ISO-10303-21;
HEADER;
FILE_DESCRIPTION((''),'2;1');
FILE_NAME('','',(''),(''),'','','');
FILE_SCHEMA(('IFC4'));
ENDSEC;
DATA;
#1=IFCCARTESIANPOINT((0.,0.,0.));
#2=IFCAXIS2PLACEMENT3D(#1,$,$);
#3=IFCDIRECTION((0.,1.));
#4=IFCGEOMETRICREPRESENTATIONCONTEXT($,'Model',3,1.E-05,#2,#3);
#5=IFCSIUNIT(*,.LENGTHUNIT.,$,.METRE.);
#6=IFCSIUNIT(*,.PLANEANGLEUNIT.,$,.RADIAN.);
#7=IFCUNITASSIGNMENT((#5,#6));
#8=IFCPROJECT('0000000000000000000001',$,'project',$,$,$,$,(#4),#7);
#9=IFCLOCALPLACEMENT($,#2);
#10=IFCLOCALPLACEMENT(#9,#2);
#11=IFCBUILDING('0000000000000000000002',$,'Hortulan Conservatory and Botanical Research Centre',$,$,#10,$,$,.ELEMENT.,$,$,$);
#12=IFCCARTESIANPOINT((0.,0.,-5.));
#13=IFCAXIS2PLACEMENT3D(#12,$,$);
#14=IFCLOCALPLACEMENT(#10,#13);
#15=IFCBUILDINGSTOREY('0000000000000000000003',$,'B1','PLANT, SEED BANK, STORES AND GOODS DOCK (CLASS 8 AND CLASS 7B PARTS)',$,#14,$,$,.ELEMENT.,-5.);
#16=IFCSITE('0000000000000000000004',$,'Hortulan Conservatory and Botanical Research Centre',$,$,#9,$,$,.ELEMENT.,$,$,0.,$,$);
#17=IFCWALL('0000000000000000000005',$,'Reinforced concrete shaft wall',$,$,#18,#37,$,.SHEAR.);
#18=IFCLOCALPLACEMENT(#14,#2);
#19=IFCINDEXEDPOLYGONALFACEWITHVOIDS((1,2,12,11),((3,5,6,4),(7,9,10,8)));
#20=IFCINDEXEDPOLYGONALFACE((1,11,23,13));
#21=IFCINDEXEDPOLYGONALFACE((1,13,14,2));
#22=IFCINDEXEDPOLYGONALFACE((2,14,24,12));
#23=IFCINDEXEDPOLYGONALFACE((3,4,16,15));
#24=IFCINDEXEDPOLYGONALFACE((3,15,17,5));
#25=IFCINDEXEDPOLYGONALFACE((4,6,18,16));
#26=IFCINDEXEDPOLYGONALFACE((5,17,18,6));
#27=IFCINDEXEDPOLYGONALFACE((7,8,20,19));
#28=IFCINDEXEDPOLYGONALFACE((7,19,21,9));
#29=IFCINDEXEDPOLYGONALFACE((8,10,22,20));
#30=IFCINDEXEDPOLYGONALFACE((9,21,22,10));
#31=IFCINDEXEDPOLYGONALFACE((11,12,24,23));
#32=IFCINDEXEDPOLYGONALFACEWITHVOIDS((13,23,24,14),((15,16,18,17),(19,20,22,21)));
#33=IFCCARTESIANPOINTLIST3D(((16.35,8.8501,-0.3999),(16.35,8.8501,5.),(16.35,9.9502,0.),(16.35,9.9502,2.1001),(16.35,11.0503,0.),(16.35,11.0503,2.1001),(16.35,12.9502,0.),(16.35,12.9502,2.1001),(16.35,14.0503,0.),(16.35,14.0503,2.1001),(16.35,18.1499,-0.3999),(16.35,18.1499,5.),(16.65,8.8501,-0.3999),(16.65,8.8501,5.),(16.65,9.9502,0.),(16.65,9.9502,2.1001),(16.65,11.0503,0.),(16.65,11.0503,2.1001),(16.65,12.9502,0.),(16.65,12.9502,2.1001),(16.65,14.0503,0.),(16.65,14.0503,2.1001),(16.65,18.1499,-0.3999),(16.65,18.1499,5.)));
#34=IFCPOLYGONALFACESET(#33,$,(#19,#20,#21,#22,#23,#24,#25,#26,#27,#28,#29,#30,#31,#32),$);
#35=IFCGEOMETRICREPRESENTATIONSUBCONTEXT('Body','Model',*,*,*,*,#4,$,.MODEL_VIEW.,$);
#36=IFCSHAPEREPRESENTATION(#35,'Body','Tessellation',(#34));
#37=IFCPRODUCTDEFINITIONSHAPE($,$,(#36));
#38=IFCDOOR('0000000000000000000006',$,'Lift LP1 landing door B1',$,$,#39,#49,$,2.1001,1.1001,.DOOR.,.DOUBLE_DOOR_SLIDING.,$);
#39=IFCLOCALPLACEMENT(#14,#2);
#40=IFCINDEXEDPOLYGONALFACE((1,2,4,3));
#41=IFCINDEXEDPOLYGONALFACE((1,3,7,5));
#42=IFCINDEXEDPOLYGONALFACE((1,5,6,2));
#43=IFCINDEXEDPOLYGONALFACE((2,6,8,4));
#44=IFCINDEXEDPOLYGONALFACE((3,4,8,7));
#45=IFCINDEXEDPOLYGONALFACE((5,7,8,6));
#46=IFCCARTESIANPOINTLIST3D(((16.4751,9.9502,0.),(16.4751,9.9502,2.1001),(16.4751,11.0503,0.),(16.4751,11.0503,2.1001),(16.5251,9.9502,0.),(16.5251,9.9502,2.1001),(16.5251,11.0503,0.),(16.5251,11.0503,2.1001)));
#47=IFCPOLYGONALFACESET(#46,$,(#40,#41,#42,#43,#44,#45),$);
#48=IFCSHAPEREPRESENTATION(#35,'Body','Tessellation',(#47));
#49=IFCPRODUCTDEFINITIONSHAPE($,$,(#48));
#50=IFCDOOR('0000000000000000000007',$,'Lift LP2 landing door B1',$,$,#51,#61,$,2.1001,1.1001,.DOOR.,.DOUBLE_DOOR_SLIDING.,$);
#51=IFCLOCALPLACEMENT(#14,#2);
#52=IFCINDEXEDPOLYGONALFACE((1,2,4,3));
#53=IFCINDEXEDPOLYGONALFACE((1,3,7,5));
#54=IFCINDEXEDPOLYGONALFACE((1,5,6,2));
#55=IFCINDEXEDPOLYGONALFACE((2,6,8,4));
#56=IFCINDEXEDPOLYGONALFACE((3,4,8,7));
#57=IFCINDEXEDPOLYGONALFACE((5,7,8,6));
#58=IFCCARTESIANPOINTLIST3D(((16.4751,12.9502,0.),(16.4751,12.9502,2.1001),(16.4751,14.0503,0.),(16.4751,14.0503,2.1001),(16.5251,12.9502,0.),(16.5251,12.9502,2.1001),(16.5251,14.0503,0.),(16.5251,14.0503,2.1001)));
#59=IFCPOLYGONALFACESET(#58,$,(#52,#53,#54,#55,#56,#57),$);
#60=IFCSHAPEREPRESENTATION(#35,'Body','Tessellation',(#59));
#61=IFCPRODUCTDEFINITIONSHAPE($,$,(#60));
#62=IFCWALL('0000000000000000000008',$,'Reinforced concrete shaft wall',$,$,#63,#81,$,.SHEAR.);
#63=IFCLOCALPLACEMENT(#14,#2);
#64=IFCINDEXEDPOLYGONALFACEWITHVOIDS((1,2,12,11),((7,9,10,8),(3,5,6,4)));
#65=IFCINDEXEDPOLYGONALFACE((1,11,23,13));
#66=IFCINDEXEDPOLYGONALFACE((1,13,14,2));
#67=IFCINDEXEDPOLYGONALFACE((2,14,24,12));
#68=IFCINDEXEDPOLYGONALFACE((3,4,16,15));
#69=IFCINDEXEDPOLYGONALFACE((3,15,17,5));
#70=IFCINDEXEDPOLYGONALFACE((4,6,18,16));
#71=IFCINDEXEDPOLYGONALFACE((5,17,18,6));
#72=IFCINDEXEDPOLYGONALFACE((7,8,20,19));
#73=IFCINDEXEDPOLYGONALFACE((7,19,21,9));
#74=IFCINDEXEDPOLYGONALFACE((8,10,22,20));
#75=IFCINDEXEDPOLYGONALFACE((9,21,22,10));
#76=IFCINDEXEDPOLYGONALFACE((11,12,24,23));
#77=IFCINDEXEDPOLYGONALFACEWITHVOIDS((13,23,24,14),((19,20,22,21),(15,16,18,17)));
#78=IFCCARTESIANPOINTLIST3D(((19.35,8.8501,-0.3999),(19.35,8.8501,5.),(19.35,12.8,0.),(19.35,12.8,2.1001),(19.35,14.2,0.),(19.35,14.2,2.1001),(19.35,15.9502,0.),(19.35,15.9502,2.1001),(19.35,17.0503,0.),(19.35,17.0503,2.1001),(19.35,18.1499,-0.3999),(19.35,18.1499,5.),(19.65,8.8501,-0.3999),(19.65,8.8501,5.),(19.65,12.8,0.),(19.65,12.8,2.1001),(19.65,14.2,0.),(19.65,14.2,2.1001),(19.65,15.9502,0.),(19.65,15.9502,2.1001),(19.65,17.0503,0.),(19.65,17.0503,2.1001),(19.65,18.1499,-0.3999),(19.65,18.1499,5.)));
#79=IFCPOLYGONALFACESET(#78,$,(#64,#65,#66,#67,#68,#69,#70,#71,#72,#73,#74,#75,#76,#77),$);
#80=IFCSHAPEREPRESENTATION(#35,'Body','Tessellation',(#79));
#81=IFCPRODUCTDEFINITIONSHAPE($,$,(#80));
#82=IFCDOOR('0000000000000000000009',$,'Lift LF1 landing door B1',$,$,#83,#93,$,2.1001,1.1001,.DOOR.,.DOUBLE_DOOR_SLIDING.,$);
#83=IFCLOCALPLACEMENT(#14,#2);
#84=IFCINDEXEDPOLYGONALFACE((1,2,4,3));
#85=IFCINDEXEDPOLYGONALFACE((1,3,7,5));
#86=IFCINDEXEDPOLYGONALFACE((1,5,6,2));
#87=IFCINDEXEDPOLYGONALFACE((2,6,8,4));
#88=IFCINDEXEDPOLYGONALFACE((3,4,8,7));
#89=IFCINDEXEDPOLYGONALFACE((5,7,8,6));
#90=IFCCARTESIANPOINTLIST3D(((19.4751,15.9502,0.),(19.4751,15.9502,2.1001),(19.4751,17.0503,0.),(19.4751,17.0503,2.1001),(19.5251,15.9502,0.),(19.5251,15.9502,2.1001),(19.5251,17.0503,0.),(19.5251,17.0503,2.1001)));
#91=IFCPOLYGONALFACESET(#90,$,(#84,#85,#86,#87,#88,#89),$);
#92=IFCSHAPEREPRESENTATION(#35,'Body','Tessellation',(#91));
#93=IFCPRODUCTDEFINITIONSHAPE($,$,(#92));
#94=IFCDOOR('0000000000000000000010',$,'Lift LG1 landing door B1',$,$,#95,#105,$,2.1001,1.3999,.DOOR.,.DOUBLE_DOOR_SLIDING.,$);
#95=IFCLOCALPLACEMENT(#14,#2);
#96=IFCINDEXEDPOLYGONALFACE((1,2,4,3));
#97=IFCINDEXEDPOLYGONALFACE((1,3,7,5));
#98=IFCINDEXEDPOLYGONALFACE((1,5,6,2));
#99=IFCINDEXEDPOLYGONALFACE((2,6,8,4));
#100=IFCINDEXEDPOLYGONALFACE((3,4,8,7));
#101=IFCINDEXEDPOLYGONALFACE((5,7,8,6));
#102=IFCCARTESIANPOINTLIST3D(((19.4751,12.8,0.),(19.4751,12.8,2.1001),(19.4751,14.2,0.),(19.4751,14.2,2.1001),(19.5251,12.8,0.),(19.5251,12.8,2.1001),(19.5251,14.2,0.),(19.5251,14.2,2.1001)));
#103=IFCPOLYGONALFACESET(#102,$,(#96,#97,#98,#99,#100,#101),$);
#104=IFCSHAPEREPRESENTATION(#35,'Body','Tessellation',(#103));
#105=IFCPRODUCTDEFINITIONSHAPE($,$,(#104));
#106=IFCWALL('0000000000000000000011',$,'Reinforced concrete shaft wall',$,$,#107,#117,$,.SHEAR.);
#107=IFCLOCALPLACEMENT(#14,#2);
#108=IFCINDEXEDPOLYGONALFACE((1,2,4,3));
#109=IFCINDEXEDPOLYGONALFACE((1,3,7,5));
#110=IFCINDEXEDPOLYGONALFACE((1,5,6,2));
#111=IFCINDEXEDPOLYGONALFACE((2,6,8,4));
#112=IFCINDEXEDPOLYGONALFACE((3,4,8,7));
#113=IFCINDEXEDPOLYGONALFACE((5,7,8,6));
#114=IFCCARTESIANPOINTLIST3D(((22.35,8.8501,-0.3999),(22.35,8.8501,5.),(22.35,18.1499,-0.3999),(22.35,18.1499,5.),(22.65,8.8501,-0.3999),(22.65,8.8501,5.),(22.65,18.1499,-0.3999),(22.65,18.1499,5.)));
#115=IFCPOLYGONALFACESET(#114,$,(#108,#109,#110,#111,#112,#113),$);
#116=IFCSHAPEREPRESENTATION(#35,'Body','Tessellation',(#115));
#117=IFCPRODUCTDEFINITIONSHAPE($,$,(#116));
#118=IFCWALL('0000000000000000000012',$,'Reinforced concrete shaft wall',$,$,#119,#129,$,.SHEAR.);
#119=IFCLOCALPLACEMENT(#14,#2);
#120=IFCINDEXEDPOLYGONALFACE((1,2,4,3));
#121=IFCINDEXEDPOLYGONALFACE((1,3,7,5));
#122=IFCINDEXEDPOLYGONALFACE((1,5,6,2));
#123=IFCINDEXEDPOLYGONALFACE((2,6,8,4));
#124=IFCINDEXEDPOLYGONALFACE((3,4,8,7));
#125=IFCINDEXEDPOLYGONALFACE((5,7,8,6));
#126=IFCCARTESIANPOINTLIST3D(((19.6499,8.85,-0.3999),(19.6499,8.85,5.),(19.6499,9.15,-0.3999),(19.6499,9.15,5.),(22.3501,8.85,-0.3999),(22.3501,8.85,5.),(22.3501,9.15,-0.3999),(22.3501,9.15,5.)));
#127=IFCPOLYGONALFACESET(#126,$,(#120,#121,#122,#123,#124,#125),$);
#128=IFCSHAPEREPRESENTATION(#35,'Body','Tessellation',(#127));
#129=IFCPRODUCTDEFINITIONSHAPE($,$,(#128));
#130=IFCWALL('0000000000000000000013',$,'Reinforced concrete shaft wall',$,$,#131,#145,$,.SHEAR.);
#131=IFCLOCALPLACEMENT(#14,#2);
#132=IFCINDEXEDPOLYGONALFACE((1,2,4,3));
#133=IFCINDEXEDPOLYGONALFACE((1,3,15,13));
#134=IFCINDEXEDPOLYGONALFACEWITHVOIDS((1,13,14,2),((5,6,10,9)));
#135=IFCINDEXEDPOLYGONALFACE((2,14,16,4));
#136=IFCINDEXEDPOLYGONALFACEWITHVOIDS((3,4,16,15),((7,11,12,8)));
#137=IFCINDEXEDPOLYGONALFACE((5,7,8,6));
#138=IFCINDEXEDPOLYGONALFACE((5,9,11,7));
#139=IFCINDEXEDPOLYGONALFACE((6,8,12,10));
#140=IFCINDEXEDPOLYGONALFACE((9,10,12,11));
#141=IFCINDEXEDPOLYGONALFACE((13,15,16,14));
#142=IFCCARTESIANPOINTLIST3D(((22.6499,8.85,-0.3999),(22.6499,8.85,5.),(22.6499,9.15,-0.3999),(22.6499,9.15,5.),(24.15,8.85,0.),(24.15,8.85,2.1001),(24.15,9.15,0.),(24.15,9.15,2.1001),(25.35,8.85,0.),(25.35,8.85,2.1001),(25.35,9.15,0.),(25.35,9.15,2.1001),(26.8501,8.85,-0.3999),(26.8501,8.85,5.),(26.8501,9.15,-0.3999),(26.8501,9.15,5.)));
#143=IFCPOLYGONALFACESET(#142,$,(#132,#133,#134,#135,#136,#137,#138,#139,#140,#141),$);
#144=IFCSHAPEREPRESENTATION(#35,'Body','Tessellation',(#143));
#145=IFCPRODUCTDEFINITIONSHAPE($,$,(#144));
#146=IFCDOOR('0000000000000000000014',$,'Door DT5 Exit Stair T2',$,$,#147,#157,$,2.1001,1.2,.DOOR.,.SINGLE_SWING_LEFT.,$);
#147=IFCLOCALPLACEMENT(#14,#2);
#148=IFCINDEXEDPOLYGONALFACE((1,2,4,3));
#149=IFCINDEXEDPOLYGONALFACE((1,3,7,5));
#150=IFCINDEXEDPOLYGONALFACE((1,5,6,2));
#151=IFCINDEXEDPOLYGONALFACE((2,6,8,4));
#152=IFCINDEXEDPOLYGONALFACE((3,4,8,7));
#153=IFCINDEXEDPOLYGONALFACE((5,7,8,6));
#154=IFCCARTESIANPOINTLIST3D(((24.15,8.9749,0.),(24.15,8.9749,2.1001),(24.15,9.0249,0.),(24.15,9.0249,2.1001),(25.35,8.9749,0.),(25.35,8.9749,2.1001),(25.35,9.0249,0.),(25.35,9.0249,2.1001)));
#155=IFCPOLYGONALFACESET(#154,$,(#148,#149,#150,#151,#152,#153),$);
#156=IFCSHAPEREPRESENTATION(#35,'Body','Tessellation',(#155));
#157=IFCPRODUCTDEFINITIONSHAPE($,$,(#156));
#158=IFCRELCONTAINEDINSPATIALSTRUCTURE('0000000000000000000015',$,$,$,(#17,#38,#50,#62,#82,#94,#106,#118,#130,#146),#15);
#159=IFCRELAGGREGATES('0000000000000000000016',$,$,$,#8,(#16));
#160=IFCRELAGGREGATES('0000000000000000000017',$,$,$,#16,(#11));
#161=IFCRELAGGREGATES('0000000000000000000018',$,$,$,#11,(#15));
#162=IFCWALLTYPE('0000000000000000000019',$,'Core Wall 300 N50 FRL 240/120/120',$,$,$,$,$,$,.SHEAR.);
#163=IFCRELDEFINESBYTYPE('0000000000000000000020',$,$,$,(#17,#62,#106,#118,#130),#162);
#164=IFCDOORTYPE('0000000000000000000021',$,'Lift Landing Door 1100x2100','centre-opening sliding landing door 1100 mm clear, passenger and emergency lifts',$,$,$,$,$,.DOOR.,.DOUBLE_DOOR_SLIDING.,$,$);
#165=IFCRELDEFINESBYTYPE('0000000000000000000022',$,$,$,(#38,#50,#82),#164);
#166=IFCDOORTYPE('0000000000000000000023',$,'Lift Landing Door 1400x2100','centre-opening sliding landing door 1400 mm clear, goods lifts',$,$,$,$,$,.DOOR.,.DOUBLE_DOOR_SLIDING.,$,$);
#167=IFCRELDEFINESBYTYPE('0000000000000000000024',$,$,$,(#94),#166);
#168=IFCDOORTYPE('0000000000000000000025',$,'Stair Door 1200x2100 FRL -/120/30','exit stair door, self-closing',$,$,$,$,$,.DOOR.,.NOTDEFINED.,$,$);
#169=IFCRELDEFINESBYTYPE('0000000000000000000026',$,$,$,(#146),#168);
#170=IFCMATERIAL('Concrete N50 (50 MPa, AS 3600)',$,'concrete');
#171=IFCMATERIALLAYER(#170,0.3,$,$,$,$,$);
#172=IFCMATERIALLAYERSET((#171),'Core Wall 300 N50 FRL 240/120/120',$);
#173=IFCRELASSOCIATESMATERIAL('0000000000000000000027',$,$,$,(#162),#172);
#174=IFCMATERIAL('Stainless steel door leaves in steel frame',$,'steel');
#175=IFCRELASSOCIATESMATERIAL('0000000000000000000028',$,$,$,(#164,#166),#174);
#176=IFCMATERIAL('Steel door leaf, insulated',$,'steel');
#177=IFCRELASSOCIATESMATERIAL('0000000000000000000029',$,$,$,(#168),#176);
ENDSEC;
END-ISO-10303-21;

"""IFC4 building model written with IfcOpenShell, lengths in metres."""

from ifc_helpers import new_model, si_unit, direction, frame, frame_2d, origin, place, context, subcontext, project, spatial, rectangle, extrude, material, layer, layer_set, type_object, element, fill, save


model = new_model("IFC4")

# Units and contexts
model_context = context("Model", 3, precision=1e-05, world=origin(), true_north=direction((0.0, 1.0)))
body_context = subcontext(model_context, "Body", "Model", "MODEL_VIEW")
ifc_project = project(units=[si_unit("LENGTHUNIT", "METRE"), si_unit("PLANEANGLEUNIT", "RADIAN")], contexts=[model_context])

# Site, building, storey
site_placement = place(None, origin())
site = spatial("IfcSite", under=ifc_project, at=site_placement, Name="Hortulan Conservatory and Botanical Research Centre", CompositionType="ELEMENT", RefElevation=0.0)
building_placement = place(site_placement, origin())
building = spatial("IfcBuilding", under=site, at=building_placement, Name="Hortulan Conservatory and Botanical Research Centre", CompositionType="ELEMENT")
storey_placement = place(building_placement, frame((0.0, 0.0, -5.0)))
storey = spatial("IfcBuildingStorey", under=building, at=storey_placement, Name="B1", Description="PLANT, SEED BANK, STORES AND GOODS DOCK (CLASS 8 AND CLASS 7B PARTS)", CompositionType="ELEMENT", Elevation=-5.0)

# Shared definitions
ifc_material_1 = material(Name="Steel door leaf, insulated", Category="steel")

# Walls, openings, doors
ifc_material_2 = material(Name="Concrete N50 (50 MPa, AS 3600)", Category="concrete")
ifc_layer_1 = layer(ifc_material_2, 0.3)
ifc_layer_set_1 = layer_set([ifc_layer_1], Name="Core Wall 300 N50 FRL 240/120/120")
wall_type_1 = type_object("IfcWallType", Name="Core Wall 300 N50 FRL 240/120/120", PredefinedType="SHEAR", material=ifc_layer_set_1)
wall_1_placement = place(storey_placement, frame((16.5, 8.8501, -0.3999), z_axis=(0.0, 0.0, 1.0), x_axis=(0.0, 1.0, 0.0)))
wall_1 = element("IfcWall", 1, at=wall_1_placement, inside=storey, type_object=wall_type_1, Name="Reinforced concrete shaft wall", PredefinedType="SHEAR", context=body_context, shape_type="SweptSolid", body=[
    extrude(rectangle(XDim=9.2998, YDim=0.3, at=frame_2d((4.6499, 0.0))), origin(), (0.0, 0.0, 1.0), 5.3999),
])
opening_1_placement = place(wall_1_placement, frame((1.1001, 0.0, 0.3999)))
opening_1 = element("IfcOpeningElement", 2, at=opening_1_placement, cuts=wall_1, PredefinedType="OPENING", context=body_context, shape_type="SweptSolid", body=[
    extrude(rectangle(XDim=1.1001, YDim=2.1001, at=frame_2d((0.55, 1.05))), frame((0.0, 0.1599, 0.0), z_axis=(0.0, -1.0, 0.0), x_axis=(1.0, 0.0, 0.0)), (0.0, 0.0, 1.0), 0.3201),
])
opening_2_placement = place(wall_1_placement, frame((4.1001, 0.0, 0.3999)))
opening_2 = element("IfcOpeningElement", 3, at=opening_2_placement, cuts=wall_1, PredefinedType="OPENING", context=body_context, shape_type="SweptSolid", body=[
    extrude(rectangle(XDim=1.1001, YDim=2.1001, at=frame_2d((0.55, 1.05))), frame((0.0, 0.1599, 0.0), z_axis=(0.0, -1.0, 0.0), x_axis=(1.0, 0.0, 0.0)), (0.0, 0.0, 1.0), 0.3201),
])
ifc_material_3 = material(Name="Stainless steel door leaves in steel frame", Category="steel")
door_type_1 = type_object("IfcDoorType", Name="Lift Landing Door 1100x2100", Description="centre-opening sliding landing door 1100 mm clear, passenger and emergency lifts", OperationType="DOUBLE_DOOR_SLIDING", PredefinedType="DOOR", material=ifc_material_3)
door_1_placement = place(opening_1_placement, origin())
door_1 = element("IfcDoor", 4, at=door_1_placement, inside=storey, type_object=door_type_1, Name="Lift LP1 landing door B1", OperationType="DOUBLE_DOOR_SLIDING", OverallHeight=2.1001, OverallWidth=1.1001, PredefinedType="DOOR", context=body_context, shape_type="SweptSolid", body=[
    extrude(rectangle(XDim=1.1001, YDim=2.1001, at=frame_2d((0.55, 1.05))), frame((0.0, 0.0249, 0.0), z_axis=(0.0, -1.0, 0.0), x_axis=(1.0, 0.0, 0.0)), (0.0, 0.0, 1.0), 0.05),
])
fill(opening_1, door_1)
door_2_placement = place(opening_2_placement, origin())
door_2 = element("IfcDoor", 5, at=door_2_placement, inside=storey, type_object=door_type_1, Name="Lift LP2 landing door B1", OperationType="DOUBLE_DOOR_SLIDING", OverallHeight=2.1001, OverallWidth=1.1001, PredefinedType="DOOR", context=body_context, shape_type="SweptSolid", body=[
    extrude(rectangle(XDim=1.1001, YDim=2.1001, at=frame_2d((0.55, 1.05))), frame((0.0, 0.0249, 0.0), z_axis=(0.0, -1.0, 0.0), x_axis=(1.0, 0.0, 0.0)), (0.0, 0.0, 1.0), 0.05),
])
fill(opening_2, door_2)
wall_2_placement = place(storey_placement, frame((19.5, 8.8501, -0.3999), z_axis=(0.0, 0.0, 1.0), x_axis=(0.0, 1.0, 0.0)))
wall_2 = element("IfcWall", 6, at=wall_2_placement, inside=storey, type_object=wall_type_1, Name="Reinforced concrete shaft wall", PredefinedType="SHEAR", context=body_context, shape_type="SweptSolid", body=[
    extrude(rectangle(XDim=9.2998, YDim=0.3, at=frame_2d((4.6499, 0.0))), origin(), (0.0, 0.0, 1.0), 5.3999),
])
opening_3_placement = place(wall_2_placement, frame((3.95, 0.0, 0.3999)))
opening_3 = element("IfcOpeningElement", 7, at=opening_3_placement, cuts=wall_2, PredefinedType="OPENING", context=body_context, shape_type="SweptSolid", body=[
    extrude(rectangle(XDim=1.3999, YDim=2.1001, at=frame_2d((0.7, 1.05))), frame((0.0, 0.1599, 0.0), z_axis=(0.0, -1.0, 0.0), x_axis=(1.0, 0.0, 0.0)), (0.0, 0.0, 1.0), 0.3201),
])
opening_4_placement = place(wall_2_placement, frame((7.1001, 0.0, 0.3999)))
opening_4 = element("IfcOpeningElement", 8, at=opening_4_placement, cuts=wall_2, PredefinedType="OPENING", context=body_context, shape_type="SweptSolid", body=[
    extrude(rectangle(XDim=1.1001, YDim=2.1001, at=frame_2d((0.55, 1.05))), frame((0.0, 0.1599, 0.0), z_axis=(0.0, -1.0, 0.0), x_axis=(1.0, 0.0, 0.0)), (0.0, 0.0, 1.0), 0.3201),
])
door_3_placement = place(opening_4_placement, origin())
door_3 = element("IfcDoor", 9, at=door_3_placement, inside=storey, type_object=door_type_1, Name="Lift LF1 landing door B1", OperationType="DOUBLE_DOOR_SLIDING", OverallHeight=2.1001, OverallWidth=1.1001, PredefinedType="DOOR", context=body_context, shape_type="SweptSolid", body=[
    extrude(rectangle(XDim=1.1001, YDim=2.1001, at=frame_2d((0.55, 1.05))), frame((0.0, 0.0249, 0.0), z_axis=(0.0, -1.0, 0.0), x_axis=(1.0, 0.0, 0.0)), (0.0, 0.0, 1.0), 0.05),
])
fill(opening_4, door_3)
door_type_2 = type_object("IfcDoorType", Name="Lift Landing Door 1400x2100", Description="centre-opening sliding landing door 1400 mm clear, goods lifts", OperationType="DOUBLE_DOOR_SLIDING", PredefinedType="DOOR", material=ifc_material_3)
door_4_placement = place(opening_3_placement, origin())
door_4 = element("IfcDoor", 10, at=door_4_placement, inside=storey, type_object=door_type_2, Name="Lift LG1 landing door B1", OperationType="DOUBLE_DOOR_SLIDING", OverallHeight=2.1001, OverallWidth=1.3999, PredefinedType="DOOR", context=body_context, shape_type="SweptSolid", body=[
    extrude(rectangle(XDim=1.3999, YDim=2.1001, at=frame_2d((0.7, 1.05))), frame((0.0, 0.0249, 0.0), z_axis=(0.0, -1.0, 0.0), x_axis=(1.0, 0.0, 0.0)), (0.0, 0.0, 1.0), 0.05),
])
fill(opening_3, door_4)

# Walls
wall_3_placement = place(storey_placement, frame((22.5, 8.8501, -0.3999), z_axis=(0.0, 0.0, 1.0), x_axis=(0.0, 1.0, 0.0)))
element("IfcWall", 11, at=wall_3_placement, inside=storey, type_object=wall_type_1, Name="Reinforced concrete shaft wall", PredefinedType="SHEAR", context=body_context, shape_type="SweptSolid", body=[
    extrude(rectangle(XDim=9.2998, YDim=0.3, at=frame_2d((4.6499, 0.0))), origin(), (0.0, 0.0, 1.0), 5.3999),
])
wall_4_placement = place(storey_placement, frame((19.6499, 9.0, -0.3999), z_axis=(0.0, 0.0, 1.0), x_axis=(1.0, 0.0, 0.0)))
element("IfcWall", 12, at=wall_4_placement, inside=storey, type_object=wall_type_1, Name="Reinforced concrete shaft wall", PredefinedType="SHEAR", context=body_context, shape_type="SweptSolid", body=[
    extrude(rectangle(XDim=2.7002, YDim=0.3, at=frame_2d((1.3501, 0.0))), origin(), (0.0, 0.0, 1.0), 5.3999),
])

# Wall, opening, door
wall_5_placement = place(storey_placement, frame((22.6499, 9.0, -0.3999), z_axis=(0.0, 0.0, 1.0), x_axis=(1.0, 0.0, 0.0)))
wall_5 = element("IfcWall", 13, at=wall_5_placement, inside=storey, type_object=wall_type_1, Name="Reinforced concrete shaft wall", PredefinedType="SHEAR", context=body_context, shape_type="SweptSolid", body=[
    extrude(rectangle(XDim=4.2002, YDim=0.3, at=frame_2d((2.1001, 0.0))), origin(), (0.0, 0.0, 1.0), 5.3999),
])
opening_5_placement = place(wall_5_placement, frame((1.5, 0.0, 0.3999)))
opening_5 = element("IfcOpeningElement", 14, at=opening_5_placement, cuts=wall_5, PredefinedType="OPENING", context=body_context, shape_type="SweptSolid", body=[
    extrude(rectangle(XDim=1.2, YDim=2.1001, at=frame_2d((0.6001, 1.05))), frame((0.0, 0.1599, 0.0), z_axis=(0.0, -1.0, 0.0), x_axis=(1.0, 0.0, 0.0)), (0.0, 0.0, 1.0), 0.3201),
])
door_type_3 = type_object("IfcDoorType", Name="Stair Door 1200x2100 FRL -/120/30", Description="exit stair door, self-closing", OperationType="NOTDEFINED", PredefinedType="DOOR", material=ifc_material_1)
door_5_placement = place(opening_5_placement, origin())
door_5 = element("IfcDoor", 15, at=door_5_placement, inside=storey, type_object=door_type_3, Name="Door DT5 Exit Stair T2", OperationType="SINGLE_SWING_LEFT", OverallHeight=2.1001, OverallWidth=1.2, PredefinedType="DOOR", context=body_context, shape_type="SweptSolid", body=[
    extrude(rectangle(XDim=1.2, YDim=2.1001, at=frame_2d((0.6001, 1.05))), frame((0.0, 0.0249, 0.0), z_axis=(0.0, -1.0, 0.0), x_axis=(1.0, 0.0, 0.0)), (0.0, 0.0, 1.0), 0.05),
])
fill(opening_5, door_5)

save(model, "model.ifc")
